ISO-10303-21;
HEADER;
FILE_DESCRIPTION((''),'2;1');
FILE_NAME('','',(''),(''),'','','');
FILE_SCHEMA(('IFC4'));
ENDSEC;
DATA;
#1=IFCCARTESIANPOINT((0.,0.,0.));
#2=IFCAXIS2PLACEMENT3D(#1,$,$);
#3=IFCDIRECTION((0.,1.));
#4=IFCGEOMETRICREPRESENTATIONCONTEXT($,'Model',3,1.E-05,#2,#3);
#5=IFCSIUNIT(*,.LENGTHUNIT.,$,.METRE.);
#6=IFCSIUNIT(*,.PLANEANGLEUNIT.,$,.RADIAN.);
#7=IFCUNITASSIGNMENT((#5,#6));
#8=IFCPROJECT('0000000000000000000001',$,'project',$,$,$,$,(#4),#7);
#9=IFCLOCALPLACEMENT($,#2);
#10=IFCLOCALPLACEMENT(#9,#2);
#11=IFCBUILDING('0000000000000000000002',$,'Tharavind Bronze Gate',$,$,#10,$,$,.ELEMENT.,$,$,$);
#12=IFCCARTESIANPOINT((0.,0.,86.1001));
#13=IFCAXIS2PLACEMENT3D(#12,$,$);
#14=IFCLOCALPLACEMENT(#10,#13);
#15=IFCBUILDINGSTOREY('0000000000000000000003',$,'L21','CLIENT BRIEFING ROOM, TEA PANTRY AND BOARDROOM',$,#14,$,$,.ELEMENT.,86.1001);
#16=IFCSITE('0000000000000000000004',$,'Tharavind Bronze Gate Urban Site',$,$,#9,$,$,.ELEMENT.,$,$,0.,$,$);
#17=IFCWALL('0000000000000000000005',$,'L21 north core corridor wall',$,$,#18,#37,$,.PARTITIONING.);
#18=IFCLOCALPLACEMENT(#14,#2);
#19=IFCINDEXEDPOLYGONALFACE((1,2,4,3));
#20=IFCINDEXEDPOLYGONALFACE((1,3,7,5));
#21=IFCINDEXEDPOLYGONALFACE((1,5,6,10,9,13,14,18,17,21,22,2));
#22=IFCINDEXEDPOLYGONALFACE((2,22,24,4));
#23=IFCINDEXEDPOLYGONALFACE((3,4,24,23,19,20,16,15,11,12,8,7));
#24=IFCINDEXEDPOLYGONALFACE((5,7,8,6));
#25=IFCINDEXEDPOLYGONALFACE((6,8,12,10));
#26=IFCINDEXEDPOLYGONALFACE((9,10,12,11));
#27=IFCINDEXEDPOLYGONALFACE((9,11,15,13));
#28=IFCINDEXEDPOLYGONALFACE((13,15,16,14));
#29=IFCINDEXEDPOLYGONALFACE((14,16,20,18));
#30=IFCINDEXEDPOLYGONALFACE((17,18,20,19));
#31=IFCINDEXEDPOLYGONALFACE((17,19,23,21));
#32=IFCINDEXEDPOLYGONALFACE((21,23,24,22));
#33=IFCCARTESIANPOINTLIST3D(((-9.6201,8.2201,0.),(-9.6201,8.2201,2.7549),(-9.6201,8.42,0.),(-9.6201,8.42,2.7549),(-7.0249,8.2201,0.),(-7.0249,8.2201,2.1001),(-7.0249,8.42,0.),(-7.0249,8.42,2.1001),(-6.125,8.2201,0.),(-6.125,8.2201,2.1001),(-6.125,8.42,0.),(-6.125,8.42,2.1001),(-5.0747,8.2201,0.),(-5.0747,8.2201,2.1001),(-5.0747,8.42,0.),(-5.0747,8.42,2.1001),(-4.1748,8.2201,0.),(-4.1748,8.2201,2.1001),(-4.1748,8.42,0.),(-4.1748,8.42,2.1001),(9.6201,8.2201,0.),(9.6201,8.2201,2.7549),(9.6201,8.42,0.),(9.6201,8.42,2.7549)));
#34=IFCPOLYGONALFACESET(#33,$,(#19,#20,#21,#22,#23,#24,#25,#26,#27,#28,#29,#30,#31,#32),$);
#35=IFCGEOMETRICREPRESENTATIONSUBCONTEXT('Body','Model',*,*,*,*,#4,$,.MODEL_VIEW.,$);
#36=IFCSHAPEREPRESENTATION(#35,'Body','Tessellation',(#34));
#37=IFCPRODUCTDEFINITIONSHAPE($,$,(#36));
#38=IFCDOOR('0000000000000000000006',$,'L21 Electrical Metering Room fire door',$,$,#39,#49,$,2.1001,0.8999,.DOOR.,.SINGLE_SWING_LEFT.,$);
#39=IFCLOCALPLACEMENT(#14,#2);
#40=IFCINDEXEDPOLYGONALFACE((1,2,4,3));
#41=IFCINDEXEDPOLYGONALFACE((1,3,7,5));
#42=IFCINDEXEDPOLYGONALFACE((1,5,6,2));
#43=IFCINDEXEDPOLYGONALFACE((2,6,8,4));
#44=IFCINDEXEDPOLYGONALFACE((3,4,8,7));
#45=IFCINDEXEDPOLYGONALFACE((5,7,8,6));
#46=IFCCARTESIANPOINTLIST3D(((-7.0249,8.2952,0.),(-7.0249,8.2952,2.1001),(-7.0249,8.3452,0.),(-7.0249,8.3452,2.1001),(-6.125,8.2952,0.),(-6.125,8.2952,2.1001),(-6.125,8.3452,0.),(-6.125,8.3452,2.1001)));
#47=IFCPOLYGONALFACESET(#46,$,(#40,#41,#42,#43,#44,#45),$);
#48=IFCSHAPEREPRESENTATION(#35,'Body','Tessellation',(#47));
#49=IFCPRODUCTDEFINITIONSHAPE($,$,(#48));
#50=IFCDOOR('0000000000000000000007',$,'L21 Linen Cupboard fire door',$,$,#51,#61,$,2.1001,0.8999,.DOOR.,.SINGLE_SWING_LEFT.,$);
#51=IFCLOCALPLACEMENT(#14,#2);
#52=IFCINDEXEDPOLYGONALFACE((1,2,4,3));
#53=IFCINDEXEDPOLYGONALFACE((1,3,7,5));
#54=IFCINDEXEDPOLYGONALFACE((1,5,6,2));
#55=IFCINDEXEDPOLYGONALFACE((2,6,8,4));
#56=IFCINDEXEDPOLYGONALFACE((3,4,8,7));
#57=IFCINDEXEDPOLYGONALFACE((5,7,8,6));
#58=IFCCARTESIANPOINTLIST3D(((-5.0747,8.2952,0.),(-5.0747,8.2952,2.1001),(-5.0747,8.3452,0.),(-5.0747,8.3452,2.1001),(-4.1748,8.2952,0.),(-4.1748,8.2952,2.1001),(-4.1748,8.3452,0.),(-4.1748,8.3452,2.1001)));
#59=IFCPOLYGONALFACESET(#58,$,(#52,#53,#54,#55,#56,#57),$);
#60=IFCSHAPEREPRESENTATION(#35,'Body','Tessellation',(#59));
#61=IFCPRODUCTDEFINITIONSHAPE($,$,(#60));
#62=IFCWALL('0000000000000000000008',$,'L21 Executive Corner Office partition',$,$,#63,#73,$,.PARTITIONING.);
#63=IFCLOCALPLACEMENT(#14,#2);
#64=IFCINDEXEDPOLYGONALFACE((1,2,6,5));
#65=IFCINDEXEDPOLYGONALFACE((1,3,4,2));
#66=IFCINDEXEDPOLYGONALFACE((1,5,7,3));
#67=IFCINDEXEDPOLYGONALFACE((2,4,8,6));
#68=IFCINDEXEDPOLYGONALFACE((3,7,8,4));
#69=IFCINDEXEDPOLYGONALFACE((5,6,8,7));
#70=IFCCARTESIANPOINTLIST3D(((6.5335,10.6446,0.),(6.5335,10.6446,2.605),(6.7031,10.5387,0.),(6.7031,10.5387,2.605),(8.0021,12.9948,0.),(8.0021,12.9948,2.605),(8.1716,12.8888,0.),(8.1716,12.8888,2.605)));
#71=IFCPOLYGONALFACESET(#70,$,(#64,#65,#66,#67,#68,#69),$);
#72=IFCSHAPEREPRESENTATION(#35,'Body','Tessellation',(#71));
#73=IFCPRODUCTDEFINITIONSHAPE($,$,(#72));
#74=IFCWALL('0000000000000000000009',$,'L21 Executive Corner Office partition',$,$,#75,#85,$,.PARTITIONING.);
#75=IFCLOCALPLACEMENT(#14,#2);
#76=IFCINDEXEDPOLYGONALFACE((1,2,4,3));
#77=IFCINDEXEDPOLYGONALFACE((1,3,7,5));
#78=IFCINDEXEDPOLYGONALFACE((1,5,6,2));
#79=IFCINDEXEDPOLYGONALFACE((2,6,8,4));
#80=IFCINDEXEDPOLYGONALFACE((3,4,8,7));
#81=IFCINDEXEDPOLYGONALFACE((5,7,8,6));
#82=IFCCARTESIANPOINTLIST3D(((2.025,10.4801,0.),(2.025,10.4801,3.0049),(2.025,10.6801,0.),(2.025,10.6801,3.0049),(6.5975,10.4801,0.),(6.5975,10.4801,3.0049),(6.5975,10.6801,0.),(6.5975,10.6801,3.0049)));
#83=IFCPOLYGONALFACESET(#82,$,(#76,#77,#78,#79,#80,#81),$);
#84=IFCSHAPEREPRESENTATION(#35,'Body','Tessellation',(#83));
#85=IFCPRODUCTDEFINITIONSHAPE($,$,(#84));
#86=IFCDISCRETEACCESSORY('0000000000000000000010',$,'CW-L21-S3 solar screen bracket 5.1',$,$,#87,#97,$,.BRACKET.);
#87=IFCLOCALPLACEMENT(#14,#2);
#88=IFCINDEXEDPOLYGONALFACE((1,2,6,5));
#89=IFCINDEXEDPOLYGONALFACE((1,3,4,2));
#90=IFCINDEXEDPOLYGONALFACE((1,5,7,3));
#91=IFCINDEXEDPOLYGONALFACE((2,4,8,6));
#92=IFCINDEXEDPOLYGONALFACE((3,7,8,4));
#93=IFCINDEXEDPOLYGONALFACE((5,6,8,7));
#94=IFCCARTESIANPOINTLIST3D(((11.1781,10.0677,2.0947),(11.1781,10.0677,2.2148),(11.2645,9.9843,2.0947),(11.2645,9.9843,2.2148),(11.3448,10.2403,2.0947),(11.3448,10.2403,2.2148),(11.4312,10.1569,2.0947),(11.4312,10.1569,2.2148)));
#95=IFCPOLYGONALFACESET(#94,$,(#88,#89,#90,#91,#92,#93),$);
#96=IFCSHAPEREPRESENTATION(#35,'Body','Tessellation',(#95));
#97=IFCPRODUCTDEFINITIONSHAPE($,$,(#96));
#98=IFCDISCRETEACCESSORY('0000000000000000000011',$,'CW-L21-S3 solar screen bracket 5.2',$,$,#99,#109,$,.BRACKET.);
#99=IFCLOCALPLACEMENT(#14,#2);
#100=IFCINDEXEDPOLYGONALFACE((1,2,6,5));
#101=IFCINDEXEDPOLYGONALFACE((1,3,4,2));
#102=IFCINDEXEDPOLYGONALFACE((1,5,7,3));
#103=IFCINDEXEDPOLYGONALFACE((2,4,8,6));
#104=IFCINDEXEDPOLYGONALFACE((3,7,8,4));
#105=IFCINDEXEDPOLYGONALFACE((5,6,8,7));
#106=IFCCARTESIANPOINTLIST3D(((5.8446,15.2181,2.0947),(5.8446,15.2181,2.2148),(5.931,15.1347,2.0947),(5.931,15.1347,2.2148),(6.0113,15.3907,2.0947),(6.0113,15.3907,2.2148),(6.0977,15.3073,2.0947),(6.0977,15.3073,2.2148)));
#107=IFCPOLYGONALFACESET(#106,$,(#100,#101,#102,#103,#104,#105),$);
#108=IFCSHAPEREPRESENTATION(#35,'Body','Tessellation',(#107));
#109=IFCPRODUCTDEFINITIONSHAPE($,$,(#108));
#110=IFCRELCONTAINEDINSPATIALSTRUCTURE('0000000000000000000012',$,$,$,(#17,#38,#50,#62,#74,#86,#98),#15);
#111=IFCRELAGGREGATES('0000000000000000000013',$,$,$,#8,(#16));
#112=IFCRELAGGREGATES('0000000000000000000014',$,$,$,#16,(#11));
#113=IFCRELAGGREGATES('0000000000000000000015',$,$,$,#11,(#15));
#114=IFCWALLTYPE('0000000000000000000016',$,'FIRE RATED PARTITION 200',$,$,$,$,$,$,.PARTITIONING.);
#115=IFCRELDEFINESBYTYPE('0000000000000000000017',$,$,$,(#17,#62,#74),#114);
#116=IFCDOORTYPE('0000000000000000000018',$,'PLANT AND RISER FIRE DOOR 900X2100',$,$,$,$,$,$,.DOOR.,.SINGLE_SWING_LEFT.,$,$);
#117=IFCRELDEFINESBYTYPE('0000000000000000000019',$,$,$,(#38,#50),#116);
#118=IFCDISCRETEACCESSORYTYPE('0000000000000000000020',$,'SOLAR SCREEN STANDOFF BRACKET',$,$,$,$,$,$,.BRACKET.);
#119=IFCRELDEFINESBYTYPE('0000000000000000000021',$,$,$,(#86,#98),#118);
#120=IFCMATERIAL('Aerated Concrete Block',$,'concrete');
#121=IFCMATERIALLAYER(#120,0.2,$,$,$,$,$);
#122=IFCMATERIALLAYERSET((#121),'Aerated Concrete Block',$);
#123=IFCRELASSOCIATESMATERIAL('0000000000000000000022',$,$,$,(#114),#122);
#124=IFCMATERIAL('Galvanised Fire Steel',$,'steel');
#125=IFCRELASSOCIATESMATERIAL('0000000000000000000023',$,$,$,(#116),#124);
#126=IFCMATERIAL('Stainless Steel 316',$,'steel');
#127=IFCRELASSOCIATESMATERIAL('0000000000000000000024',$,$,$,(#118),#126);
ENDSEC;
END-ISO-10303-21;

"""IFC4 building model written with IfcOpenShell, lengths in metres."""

from ifc_helpers import new_model, si_unit, direction, frame, frame_2d, origin, origin_2d, place, context, subcontext, project, spatial, rectangle, extrude, material, layer, layer_set, type_object, element, fill, save


model = new_model("IFC4")

# Units and contexts
model_context = context("Model", 3, precision=1e-05, world=origin(), true_north=direction((0.0, 1.0)))
body_context = subcontext(model_context, "Body", "Model", "MODEL_VIEW")
ifc_project = project(units=[si_unit("LENGTHUNIT", "METRE"), si_unit("PLANEANGLEUNIT", "RADIAN")], contexts=[model_context])

# Site, building, storey
site_placement = place(None, origin())
site = spatial("IfcSite", under=ifc_project, at=site_placement, Name="Tharavind Bronze Gate Urban Site", CompositionType="ELEMENT", RefElevation=0.0)
building_placement = place(site_placement, origin())
building = spatial("IfcBuilding", under=site, at=building_placement, Name="Tharavind Bronze Gate", CompositionType="ELEMENT")
storey_placement = place(building_placement, frame((0.0, 0.0, 86.1001)))
storey = spatial("IfcBuildingStorey", under=building, at=storey_placement, Name="L21", Description="CLIENT BRIEFING ROOM, TEA PANTRY AND BOARDROOM", CompositionType="ELEMENT", Elevation=86.1001)

# Wall, openings, doors
ifc_material_1 = material(Name="Aerated Concrete Block", Category="concrete")
ifc_layer_1 = layer(ifc_material_1, 0.2)
ifc_layer_set_1 = layer_set([ifc_layer_1], Name="Aerated Concrete Block")
wall_type = type_object("IfcWallType", Name="FIRE RATED PARTITION 200", PredefinedType="PARTITIONING", material=ifc_layer_set_1)
wall_1_placement = place(storey_placement, frame((9.6201, 8.3201, 0.0), z_axis=(0.0, 0.0, 1.0), x_axis=(-1.0, 0.0, 0.0)))
wall_1 = element("IfcWall", 1, at=wall_1_placement, inside=storey, type_object=wall_type, Name="L21 north core corridor wall", PredefinedType="PARTITIONING", context=body_context, shape_type="SweptSolid", body=[
    extrude(rectangle(XDim=19.2402, YDim=0.2, at=frame_2d((9.6201, 0.0))), origin(), (0.0, 0.0, 1.0), 2.7549),
])
opening_1_placement = place(wall_1_placement, frame((15.7451, 0.0, 0.0)))
opening_1 = element("IfcOpeningElement", 2, at=opening_1_placement, cuts=wall_1, PredefinedType="OPENING", context=body_context, shape_type="SweptSolid", body=[
    extrude(rectangle(XDim=0.8999, YDim=2.1001, at=frame_2d((0.45, 1.05))), frame((0.0, 0.1101, 0.0), z_axis=(0.0, -1.0, 0.0), x_axis=(1.0, 0.0, 0.0)), (0.0, 0.0, 1.0), 0.22),
])
opening_2_placement = place(wall_1_placement, frame((13.7949, 0.0, 0.0)))
opening_2 = element("IfcOpeningElement", 3, at=opening_2_placement, cuts=wall_1, PredefinedType="OPENING", context=body_context, shape_type="SweptSolid", body=[
    extrude(rectangle(XDim=0.8999, YDim=2.1001, at=frame_2d((0.45, 1.05))), frame((0.0, 0.1101, 0.0), z_axis=(0.0, -1.0, 0.0), x_axis=(1.0, 0.0, 0.0)), (0.0, 0.0, 1.0), 0.22),
])
ifc_material_2 = material(Name="Galvanised Fire Steel", Category="steel")
door_type = type_object("IfcDoorType", Name="PLANT AND RISER FIRE DOOR 900X2100", OperationType="SINGLE_SWING_LEFT", PredefinedType="DOOR", material=ifc_material_2)
door_1_placement = place(opening_1_placement, origin())
door_1 = element("IfcDoor", 4, at=door_1_placement, inside=storey, type_object=door_type, Name="L21 Electrical Metering Room fire door", OperationType="SINGLE_SWING_LEFT", OverallHeight=2.1001, OverallWidth=0.8999, PredefinedType="DOOR", context=body_context, shape_type="SweptSolid", body=[
    extrude(rectangle(XDim=0.8999, YDim=2.1001, at=frame_2d((0.45, 1.05))), frame((0.0, 0.0249, 0.0), z_axis=(0.0, -1.0, 0.0), x_axis=(1.0, 0.0, 0.0)), (0.0, 0.0, 1.0), 0.05),
])
fill(opening_1, door_1)
door_2_placement = place(opening_2_placement, origin())
door_2 = element("IfcDoor", 5, at=door_2_placement, inside=storey, type_object=door_type, Name="L21 Linen Cupboard fire door", OperationType="SINGLE_SWING_LEFT", OverallHeight=2.1001, OverallWidth=0.8999, PredefinedType="DOOR", context=body_context, shape_type="SweptSolid", body=[
    extrude(rectangle(XDim=0.8999, YDim=2.1001, at=frame_2d((0.45, 1.05))), frame((0.0, 0.0249, 0.0), z_axis=(0.0, -1.0, 0.0), x_axis=(1.0, 0.0, 0.0)), (0.0, 0.0, 1.0), 0.05),
])
fill(opening_2, door_2)

# Walls
wall_2_placement = place(storey_placement, frame((8.0869, 12.9419, 0.0), z_axis=(0.0, 0.0, 1.0), x_axis=(-0.52992, -0.848048, 0.0)))
element("IfcWall", 6, at=wall_2_placement, inside=storey, type_object=wall_type, Name="L21 Executive Corner Office partition", PredefinedType="PARTITIONING", context=body_context, shape_type="SweptSolid", body=[
    extrude(rectangle(XDim=2.7712, YDim=0.2, at=frame_2d((1.3857, 0.0))), origin(), (0.0, 0.0, 1.0), 2.605),
])
wall_3_placement = place(storey_placement, frame((6.5974, 10.5801, 0.0), z_axis=(0.0, 0.0, 1.0), x_axis=(-1.0, 0.0, 0.0)))
element("IfcWall", 7, at=wall_3_placement, inside=storey, type_object=wall_type, Name="L21 Executive Corner Office partition", PredefinedType="PARTITIONING", context=body_context, shape_type="SweptSolid", body=[
    extrude(rectangle(XDim=4.5725, YDim=0.2, at=frame_2d((2.2861, 0.0))), origin(), (0.0, 0.0, 1.0), 3.0049),
])

# Discrete accessories
ifc_material_3 = material(Name="Stainless Steel 316", Category="steel")
discrete_accessory_type = type_object("IfcDiscreteAccessoryType", Name="SOLAR SCREEN STANDOFF BRACKET", PredefinedType="BRACKET", material=ifc_material_3)
for number, where, z_axis, x_axis, name in (
    (8, (11.3047, 10.1123, 2.0947), (0.0, 0.0, 1.0), (-0.719341, 0.694657, 0.0), "CW-L21-S3 solar screen bracket 5.1"),
    (9, (5.9712, 15.2627, 2.0947), (0.0, 0.0, 1.0), (-0.719341, 0.694657, 0.0), "CW-L21-S3 solar screen bracket 5.2"),
):
    element("IfcDiscreteAccessory", number, at=place(storey_placement, frame(where, z_axis=z_axis, x_axis=x_axis)), inside=storey, type_object=discrete_accessory_type, Name=name, PredefinedType="BRACKET", context=body_context, shape_type="SweptSolid", body=[
        extrude(rectangle(XDim=0.1201, YDim=0.24, at=origin_2d()), origin(), (0.0, 0.0, 1.0), 0.1201),
    ])

save(model, "model.ifc")
